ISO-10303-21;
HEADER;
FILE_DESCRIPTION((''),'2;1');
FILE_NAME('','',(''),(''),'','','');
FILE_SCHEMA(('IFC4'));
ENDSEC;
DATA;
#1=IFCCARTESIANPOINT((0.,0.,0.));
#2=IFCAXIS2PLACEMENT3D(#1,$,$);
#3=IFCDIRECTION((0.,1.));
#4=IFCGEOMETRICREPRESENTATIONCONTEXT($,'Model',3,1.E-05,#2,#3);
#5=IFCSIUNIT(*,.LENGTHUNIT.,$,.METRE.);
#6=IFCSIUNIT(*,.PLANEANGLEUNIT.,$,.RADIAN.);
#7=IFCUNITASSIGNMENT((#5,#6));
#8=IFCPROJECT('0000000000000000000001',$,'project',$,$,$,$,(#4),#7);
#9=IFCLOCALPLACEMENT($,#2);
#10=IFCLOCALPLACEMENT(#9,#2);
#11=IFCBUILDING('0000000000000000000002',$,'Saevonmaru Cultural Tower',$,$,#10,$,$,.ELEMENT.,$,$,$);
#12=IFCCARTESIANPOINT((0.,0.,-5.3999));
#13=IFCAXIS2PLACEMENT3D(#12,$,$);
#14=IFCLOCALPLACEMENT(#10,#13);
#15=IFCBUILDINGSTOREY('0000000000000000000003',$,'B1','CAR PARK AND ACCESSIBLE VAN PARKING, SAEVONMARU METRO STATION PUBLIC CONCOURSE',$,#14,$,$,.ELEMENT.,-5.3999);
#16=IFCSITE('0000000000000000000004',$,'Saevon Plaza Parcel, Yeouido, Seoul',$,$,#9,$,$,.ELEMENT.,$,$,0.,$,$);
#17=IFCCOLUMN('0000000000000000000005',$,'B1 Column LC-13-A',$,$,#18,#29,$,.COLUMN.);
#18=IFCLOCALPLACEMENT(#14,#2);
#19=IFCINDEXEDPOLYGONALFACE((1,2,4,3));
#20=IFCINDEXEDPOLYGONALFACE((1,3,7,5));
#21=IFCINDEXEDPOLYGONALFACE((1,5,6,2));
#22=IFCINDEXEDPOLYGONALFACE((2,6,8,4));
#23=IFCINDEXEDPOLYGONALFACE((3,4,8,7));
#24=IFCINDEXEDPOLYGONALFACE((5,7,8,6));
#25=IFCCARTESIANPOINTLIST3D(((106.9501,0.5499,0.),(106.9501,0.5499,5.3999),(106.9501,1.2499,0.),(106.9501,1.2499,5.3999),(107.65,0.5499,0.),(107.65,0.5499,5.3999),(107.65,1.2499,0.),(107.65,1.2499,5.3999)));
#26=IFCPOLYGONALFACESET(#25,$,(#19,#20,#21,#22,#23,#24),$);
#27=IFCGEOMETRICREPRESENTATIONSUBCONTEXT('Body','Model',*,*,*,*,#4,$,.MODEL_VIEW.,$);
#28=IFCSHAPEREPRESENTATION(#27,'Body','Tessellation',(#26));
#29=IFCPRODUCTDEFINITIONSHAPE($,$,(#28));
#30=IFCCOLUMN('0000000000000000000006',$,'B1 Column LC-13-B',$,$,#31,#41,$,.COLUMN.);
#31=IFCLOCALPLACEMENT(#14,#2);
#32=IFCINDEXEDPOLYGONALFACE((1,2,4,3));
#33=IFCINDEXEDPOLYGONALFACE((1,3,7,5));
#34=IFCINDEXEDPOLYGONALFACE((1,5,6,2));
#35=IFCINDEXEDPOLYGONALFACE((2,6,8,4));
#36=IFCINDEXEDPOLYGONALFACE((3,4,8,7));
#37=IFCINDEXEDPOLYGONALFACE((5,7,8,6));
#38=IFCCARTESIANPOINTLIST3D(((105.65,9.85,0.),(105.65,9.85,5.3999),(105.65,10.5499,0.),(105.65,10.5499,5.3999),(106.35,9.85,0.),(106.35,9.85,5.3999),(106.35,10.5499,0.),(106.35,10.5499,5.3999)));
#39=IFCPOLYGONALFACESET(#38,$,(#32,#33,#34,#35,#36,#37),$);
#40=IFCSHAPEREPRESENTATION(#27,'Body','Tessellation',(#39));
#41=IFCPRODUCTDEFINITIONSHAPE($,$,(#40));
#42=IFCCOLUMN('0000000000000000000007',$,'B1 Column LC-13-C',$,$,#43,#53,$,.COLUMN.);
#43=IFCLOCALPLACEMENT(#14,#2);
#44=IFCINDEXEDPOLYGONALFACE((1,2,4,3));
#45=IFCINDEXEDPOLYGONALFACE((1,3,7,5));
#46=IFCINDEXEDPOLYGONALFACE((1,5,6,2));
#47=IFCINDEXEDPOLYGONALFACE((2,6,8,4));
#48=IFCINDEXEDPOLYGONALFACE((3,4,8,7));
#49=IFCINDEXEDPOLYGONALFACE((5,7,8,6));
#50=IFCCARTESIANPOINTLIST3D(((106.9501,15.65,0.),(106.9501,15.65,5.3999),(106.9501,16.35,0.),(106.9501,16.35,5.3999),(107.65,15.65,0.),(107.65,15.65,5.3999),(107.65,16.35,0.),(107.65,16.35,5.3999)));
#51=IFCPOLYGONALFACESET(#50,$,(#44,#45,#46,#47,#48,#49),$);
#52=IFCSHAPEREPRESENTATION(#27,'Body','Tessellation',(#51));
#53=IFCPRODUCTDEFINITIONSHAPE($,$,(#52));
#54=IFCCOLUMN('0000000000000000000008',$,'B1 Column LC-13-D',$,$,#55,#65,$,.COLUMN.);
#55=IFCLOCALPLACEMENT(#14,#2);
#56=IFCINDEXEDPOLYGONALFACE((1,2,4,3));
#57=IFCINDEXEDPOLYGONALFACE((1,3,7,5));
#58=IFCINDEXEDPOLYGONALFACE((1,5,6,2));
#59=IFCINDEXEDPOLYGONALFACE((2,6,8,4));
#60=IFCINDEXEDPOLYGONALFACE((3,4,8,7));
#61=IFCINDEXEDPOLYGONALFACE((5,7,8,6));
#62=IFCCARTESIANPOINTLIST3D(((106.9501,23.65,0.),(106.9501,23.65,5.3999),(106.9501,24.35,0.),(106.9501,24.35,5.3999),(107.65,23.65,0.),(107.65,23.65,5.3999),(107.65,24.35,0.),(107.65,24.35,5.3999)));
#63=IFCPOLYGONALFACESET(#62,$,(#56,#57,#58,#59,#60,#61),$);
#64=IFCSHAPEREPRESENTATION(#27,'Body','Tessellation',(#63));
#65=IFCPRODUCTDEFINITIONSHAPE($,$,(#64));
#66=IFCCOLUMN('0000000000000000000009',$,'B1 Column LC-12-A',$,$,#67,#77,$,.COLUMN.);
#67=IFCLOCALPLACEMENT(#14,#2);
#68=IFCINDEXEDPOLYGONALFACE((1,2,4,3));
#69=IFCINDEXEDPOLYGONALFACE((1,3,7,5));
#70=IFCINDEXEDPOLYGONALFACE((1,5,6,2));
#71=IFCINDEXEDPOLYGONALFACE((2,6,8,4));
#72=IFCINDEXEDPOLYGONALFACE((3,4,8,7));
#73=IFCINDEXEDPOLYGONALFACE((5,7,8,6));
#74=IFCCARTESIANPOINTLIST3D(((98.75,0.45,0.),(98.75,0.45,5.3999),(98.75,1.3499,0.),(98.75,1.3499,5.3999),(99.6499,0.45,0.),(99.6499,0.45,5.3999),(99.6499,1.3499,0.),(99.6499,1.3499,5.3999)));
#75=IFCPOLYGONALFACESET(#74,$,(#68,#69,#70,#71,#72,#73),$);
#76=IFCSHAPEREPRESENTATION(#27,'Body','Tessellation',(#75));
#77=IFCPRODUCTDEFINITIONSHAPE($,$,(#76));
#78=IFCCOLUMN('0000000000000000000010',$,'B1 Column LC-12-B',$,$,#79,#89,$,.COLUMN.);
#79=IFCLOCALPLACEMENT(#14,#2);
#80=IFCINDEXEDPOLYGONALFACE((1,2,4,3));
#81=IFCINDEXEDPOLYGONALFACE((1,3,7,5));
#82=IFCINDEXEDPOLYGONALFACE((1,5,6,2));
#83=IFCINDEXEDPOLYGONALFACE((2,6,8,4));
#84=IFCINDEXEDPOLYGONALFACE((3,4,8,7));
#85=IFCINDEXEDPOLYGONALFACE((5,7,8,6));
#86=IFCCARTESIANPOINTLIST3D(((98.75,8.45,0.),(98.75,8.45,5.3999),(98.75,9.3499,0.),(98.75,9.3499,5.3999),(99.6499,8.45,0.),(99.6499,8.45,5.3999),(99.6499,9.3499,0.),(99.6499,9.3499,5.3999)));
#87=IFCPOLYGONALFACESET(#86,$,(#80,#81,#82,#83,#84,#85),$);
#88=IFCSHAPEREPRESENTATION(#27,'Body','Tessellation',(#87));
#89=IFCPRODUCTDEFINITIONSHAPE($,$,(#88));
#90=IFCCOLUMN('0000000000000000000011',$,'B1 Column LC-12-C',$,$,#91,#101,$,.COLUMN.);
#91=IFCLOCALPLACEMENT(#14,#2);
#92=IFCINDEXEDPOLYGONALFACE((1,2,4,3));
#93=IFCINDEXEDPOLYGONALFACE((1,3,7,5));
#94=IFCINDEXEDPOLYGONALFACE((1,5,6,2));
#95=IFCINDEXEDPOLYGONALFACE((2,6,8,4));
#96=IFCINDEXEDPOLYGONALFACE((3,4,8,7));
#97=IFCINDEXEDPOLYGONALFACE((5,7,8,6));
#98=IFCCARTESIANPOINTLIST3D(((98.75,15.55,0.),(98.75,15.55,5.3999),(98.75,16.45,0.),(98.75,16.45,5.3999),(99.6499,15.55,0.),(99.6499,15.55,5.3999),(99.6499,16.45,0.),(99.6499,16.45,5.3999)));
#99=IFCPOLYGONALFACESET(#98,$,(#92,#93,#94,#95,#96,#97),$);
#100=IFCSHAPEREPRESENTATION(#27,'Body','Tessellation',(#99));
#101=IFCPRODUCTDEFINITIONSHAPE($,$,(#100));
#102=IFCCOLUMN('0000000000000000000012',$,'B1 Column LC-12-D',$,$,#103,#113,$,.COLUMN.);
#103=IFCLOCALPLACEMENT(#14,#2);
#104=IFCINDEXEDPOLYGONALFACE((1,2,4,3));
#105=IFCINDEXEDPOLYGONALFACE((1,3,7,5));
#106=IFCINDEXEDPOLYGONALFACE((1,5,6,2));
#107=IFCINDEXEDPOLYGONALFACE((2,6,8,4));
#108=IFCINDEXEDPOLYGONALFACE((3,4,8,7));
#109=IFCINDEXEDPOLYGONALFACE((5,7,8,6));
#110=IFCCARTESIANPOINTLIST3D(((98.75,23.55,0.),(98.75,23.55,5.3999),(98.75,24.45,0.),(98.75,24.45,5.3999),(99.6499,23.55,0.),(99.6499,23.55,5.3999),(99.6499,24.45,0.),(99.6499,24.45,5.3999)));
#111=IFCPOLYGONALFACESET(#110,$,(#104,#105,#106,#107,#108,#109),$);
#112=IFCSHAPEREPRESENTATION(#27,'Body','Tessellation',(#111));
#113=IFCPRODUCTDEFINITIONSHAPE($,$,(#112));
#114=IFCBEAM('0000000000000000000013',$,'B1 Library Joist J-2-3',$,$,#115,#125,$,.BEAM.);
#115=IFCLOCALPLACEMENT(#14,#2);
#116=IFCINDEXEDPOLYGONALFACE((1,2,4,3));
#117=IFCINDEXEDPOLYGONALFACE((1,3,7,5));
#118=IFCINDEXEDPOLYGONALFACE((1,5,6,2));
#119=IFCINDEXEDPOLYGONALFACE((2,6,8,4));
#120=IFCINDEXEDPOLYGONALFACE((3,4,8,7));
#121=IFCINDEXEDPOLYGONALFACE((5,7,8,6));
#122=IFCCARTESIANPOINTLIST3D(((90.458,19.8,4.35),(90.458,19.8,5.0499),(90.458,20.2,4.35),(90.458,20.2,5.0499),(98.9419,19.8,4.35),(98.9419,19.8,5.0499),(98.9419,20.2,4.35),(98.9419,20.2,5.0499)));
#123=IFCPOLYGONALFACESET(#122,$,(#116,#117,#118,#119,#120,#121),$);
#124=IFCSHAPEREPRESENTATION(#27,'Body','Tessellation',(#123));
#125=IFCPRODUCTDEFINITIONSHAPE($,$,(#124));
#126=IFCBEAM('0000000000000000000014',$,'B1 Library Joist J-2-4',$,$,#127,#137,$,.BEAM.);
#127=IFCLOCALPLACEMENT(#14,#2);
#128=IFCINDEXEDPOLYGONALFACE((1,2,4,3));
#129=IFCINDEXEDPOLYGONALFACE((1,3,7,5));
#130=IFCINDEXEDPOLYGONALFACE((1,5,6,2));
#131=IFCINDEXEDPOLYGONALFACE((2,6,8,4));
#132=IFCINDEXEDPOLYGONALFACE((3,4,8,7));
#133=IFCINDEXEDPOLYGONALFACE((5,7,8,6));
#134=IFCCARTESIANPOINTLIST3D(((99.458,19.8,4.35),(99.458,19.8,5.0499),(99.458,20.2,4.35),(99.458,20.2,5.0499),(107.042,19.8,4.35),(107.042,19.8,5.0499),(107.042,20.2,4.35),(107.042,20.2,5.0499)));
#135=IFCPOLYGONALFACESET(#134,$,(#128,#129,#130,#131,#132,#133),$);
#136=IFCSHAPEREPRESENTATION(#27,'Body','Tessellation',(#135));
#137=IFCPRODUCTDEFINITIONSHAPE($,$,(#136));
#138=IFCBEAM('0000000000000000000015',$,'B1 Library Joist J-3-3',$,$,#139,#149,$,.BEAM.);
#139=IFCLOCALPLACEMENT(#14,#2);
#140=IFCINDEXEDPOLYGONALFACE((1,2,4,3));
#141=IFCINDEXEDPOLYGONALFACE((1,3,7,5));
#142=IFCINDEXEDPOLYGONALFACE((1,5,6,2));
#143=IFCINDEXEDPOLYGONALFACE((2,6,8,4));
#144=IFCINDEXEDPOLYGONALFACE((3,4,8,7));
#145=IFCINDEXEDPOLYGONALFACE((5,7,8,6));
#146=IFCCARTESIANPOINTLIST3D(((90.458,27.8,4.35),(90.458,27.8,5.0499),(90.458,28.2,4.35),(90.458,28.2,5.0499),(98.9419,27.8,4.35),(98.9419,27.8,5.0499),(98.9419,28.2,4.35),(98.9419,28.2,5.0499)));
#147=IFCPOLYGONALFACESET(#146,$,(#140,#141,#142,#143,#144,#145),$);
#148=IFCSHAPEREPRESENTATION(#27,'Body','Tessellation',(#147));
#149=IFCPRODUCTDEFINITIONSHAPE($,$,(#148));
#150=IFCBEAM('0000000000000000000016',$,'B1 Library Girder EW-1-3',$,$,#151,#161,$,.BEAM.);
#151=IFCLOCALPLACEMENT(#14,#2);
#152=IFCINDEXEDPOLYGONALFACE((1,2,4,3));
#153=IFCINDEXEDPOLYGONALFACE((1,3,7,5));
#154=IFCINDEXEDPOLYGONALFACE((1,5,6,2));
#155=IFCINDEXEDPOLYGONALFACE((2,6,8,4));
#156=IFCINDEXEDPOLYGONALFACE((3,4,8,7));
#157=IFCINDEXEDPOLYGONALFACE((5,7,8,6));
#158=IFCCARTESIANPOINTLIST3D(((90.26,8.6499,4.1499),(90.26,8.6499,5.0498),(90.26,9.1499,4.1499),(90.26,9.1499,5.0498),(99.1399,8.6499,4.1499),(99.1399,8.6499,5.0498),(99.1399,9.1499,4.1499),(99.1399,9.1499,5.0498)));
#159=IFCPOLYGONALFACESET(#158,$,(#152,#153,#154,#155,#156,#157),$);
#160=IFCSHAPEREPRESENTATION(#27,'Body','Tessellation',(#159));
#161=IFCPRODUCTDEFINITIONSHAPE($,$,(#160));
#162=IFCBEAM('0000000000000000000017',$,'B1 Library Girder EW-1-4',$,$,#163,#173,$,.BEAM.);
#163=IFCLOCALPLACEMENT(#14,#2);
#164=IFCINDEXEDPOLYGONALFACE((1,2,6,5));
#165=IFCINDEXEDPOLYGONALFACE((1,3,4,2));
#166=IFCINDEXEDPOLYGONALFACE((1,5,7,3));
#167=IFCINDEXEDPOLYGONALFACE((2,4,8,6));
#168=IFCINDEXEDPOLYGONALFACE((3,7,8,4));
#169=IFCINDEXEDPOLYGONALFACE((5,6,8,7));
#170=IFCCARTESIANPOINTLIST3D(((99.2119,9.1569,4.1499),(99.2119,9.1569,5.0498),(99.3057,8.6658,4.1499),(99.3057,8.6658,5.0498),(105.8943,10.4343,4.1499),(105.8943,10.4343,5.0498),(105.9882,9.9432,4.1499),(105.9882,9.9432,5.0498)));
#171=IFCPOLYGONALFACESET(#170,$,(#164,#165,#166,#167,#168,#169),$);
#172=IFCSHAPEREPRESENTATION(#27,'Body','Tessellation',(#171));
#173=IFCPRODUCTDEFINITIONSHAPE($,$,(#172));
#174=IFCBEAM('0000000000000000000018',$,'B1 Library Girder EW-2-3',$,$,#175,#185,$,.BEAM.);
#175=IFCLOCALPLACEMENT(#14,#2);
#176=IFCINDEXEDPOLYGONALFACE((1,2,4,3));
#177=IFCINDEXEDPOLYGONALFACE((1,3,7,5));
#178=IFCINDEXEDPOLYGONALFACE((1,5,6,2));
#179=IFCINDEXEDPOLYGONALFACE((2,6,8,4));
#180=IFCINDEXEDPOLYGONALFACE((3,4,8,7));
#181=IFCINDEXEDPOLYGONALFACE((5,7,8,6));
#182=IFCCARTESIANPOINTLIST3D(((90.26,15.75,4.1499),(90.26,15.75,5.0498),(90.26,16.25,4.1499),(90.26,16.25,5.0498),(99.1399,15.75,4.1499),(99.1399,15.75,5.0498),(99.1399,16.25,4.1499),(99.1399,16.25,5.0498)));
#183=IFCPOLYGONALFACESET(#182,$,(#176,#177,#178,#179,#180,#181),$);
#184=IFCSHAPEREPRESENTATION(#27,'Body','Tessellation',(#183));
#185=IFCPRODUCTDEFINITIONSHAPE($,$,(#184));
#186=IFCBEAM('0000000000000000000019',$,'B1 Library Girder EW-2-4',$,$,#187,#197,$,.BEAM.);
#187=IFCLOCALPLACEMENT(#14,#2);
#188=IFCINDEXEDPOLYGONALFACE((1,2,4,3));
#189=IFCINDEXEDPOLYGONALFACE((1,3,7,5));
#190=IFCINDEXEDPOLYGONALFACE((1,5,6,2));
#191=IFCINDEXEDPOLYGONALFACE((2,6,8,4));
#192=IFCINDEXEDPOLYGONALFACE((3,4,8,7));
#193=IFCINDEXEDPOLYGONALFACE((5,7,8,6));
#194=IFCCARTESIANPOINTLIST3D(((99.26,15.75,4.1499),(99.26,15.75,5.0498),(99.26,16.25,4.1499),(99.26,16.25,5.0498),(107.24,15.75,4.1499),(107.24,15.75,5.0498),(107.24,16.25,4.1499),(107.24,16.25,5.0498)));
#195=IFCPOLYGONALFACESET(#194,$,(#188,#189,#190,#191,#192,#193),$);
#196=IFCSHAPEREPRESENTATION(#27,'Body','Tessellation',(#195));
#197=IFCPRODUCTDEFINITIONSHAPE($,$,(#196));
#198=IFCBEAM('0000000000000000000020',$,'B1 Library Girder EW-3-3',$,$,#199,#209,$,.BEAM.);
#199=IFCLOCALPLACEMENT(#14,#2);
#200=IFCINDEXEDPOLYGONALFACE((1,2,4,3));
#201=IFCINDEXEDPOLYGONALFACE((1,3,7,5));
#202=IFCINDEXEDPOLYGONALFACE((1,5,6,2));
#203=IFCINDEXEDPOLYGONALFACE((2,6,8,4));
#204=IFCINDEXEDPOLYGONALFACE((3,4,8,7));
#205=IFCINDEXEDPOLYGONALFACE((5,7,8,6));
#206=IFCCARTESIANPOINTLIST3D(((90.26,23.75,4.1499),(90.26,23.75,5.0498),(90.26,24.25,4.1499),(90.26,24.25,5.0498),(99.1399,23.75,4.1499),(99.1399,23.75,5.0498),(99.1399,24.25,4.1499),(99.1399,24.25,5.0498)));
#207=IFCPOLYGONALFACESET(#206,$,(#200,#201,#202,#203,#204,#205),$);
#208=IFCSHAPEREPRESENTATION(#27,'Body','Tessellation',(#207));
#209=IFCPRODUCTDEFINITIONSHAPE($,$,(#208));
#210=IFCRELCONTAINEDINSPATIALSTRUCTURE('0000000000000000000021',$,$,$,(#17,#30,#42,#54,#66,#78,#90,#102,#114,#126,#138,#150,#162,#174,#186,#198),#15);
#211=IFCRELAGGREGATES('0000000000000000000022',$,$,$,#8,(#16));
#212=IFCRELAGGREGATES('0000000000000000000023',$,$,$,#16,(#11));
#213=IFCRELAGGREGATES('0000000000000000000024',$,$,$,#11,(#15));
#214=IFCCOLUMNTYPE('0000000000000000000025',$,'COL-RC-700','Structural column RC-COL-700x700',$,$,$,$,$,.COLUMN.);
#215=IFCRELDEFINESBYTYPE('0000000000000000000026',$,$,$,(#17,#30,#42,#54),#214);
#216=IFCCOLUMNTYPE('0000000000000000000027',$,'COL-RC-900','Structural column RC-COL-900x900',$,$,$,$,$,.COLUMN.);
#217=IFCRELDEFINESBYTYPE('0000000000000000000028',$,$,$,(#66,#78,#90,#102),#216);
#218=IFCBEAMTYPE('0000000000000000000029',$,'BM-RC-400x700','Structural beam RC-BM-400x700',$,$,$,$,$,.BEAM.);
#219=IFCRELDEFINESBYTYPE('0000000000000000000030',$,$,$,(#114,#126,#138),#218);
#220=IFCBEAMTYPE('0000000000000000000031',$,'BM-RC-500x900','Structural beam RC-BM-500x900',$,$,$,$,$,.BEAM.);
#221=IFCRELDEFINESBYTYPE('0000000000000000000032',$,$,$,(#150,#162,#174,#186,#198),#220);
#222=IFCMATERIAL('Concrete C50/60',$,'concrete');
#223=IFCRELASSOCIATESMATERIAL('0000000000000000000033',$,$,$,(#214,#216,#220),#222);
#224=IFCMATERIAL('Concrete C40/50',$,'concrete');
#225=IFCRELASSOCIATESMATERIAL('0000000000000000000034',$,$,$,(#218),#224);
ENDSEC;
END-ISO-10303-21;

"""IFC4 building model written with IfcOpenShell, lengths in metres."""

from ifc_helpers import new_model, si_unit, direction, frame, origin, origin_2d, place, context, subcontext, project, spatial, rectangle, extrude, material, material_profile, profile_set, type_object, element, save


model = new_model("IFC4")

# Units and contexts
model_context = context("Model", 3, precision=1e-05, world=origin(), true_north=direction((0.0, 1.0)))
body_context = subcontext(model_context, "Body", "Model", "MODEL_VIEW")
ifc_project = project(units=[si_unit("LENGTHUNIT", "METRE"), si_unit("PLANEANGLEUNIT", "RADIAN")], contexts=[model_context])

# Site, building, storey
site_placement = place(None, origin())
site = spatial("IfcSite", under=ifc_project, at=site_placement, Name="Saevon Plaza Parcel, Yeouido, Seoul", CompositionType="ELEMENT", RefElevation=0.0)
building_placement = place(site_placement, origin())
building = spatial("IfcBuilding", under=site, at=building_placement, Name="Saevonmaru Cultural Tower", CompositionType="ELEMENT")
storey_placement = place(building_placement, frame((0.0, 0.0, -5.3999)))
storey = spatial("IfcBuildingStorey", under=building, at=storey_placement, Name="B1", Description="CAR PARK AND ACCESSIBLE VAN PARKING, SAEVONMARU METRO STATION PUBLIC CONCOURSE", CompositionType="ELEMENT", Elevation=-5.3999)

# Columns
ifc_material_1 = material(Name="Concrete C50/60", Category="concrete")
ifc_material_profile_1 = material_profile(ifc_material_1, rectangle(XDim=0.7, YDim=0.7, at=origin_2d()), Name="RC-COL-700x700")
ifc_profile_set_1 = profile_set([ifc_material_profile_1], Name="Concrete C50/60")
column_type_1 = type_object("IfcColumnType", Name="COL-RC-700", Description="Structural column RC-COL-700x700", PredefinedType="COLUMN", material=ifc_profile_set_1)
for number, where, z_axis, x_axis, name in (
    (1, (107.3, 0.8999, 0.0), (0.0, 0.0, 1.0), (1.0, 0.0, 0.0), "B1 Column LC-13-A"),
    (2, (106.0, 10.2, 0.0), (0.0, 0.0, 1.0), (1.0, 0.0, 0.0), "B1 Column LC-13-B"),
    (3, (107.3, 16.0, 0.0), (0.0, 0.0, 1.0), (1.0, 0.0, 0.0), "B1 Column LC-13-C"),
    (4, (107.3, 24.0, 0.0), (0.0, 0.0, 1.0), (1.0, 0.0, 0.0), "B1 Column LC-13-D"),
):
    element("IfcColumn", number, at=place(storey_placement, frame(where, z_axis=z_axis, x_axis=x_axis)), inside=storey, type_object=column_type_1, Name=name, PredefinedType="COLUMN", context=body_context, shape_type="SweptSolid", body=[
        extrude(rectangle(XDim=0.7, YDim=0.7, at=origin_2d()), origin(), (0.0, 0.0, 1.0), 5.3999),
    ])
ifc_material_profile_2 = material_profile(ifc_material_1, rectangle(XDim=0.8999, YDim=0.8999, at=origin_2d()), Name="RC-COL-900x900")
ifc_profile_set_2 = profile_set([ifc_material_profile_2], Name="Concrete C50/60")
column_type_2 = type_object("IfcColumnType", Name="COL-RC-900", Description="Structural column RC-COL-900x900", PredefinedType="COLUMN", material=ifc_profile_set_2)
for number, where, z_axis, x_axis, name in (
    (5, (99.2, 0.8999, 0.0), (0.0, 0.0, 1.0), (1.0, 0.0, 0.0), "B1 Column LC-12-A"),
    (6, (99.2, 8.8999, 0.0), (0.0, 0.0, 1.0), (1.0, 0.0, 0.0), "B1 Column LC-12-B"),
    (7, (99.2, 16.0, 0.0), (0.0, 0.0, 1.0), (1.0, 0.0, 0.0), "B1 Column LC-12-C"),
    (8, (99.2, 24.0, 0.0), (0.0, 0.0, 1.0), (1.0, 0.0, 0.0), "B1 Column LC-12-D"),
):
    element("IfcColumn", number, at=place(storey_placement, frame(where, z_axis=z_axis, x_axis=x_axis)), inside=storey, type_object=column_type_2, Name=name, PredefinedType="COLUMN", context=body_context, shape_type="SweptSolid", body=[
        extrude(rectangle(XDim=0.8999, YDim=0.8999, at=origin_2d()), origin(), (0.0, 0.0, 1.0), 5.3999),
    ])

# Beams
ifc_material_2 = material(Name="Concrete C40/50", Category="concrete")
ifc_material_profile_3 = material_profile(ifc_material_2, rectangle(XDim=0.3999, YDim=0.7, at=origin_2d()), Name="RC-BM-400x700")
ifc_profile_set_3 = profile_set([ifc_material_profile_3], Name="Concrete C40/50")
beam_type_1 = type_object("IfcBeamType", Name="BM-RC-400x700", Description="Structural beam RC-BM-400x700", PredefinedType="BEAM", material=ifc_profile_set_3)
beam_1_placement = place(storey_placement, frame((90.458, 20.0, 4.7), z_axis=(1.0, 0.0, 0.0), x_axis=(0.0, 1.0, 0.0)))
element("IfcBeam", 9, at=beam_1_placement, inside=storey, type_object=beam_type_1, Name="B1 Library Joist J-2-3", PredefinedType="BEAM", context=body_context, shape_type="SweptSolid", body=[
    extrude(rectangle(XDim=0.3999, YDim=0.7, at=origin_2d()), origin(), (0.0, 0.0, 1.0), 8.4839),
])
beam_2_placement = place(storey_placement, frame((99.458, 20.0, 4.7), z_axis=(1.0, 0.0, 0.0), x_axis=(0.0, 1.0, 0.0)))
element("IfcBeam", 10, at=beam_2_placement, inside=storey, type_object=beam_type_1, Name="B1 Library Joist J-2-4", PredefinedType="BEAM", context=body_context, shape_type="SweptSolid", body=[
    extrude(rectangle(XDim=0.3999, YDim=0.7, at=origin_2d()), origin(), (0.0, 0.0, 1.0), 7.584),
])
beam_3_placement = place(storey_placement, frame((90.458, 28.0, 4.7), z_axis=(1.0, 0.0, 0.0), x_axis=(0.0, 1.0, 0.0)))
element("IfcBeam", 11, at=beam_3_placement, inside=storey, type_object=beam_type_1, Name="B1 Library Joist J-3-3", PredefinedType="BEAM", context=body_context, shape_type="SweptSolid", body=[
    extrude(rectangle(XDim=0.3999, YDim=0.7, at=origin_2d()), origin(), (0.0, 0.0, 1.0), 8.4839),
])
ifc_material_profile_4 = material_profile(ifc_material_1, rectangle(XDim=0.5, YDim=0.8999, at=origin_2d()), Name="RC-BM-500x900")
ifc_profile_set_4 = profile_set([ifc_material_profile_4], Name="Concrete C50/60")
beam_type_2 = type_object("IfcBeamType", Name="BM-RC-500x900", Description="Structural beam RC-BM-500x900", PredefinedType="BEAM", material=ifc_profile_set_4)
beam_4_placement = place(storey_placement, frame((90.26, 8.8999, 4.5999), z_axis=(1.0, 0.0, 0.0), x_axis=(0.0, 1.0, 0.0)))
element("IfcBeam", 12, at=beam_4_placement, inside=storey, type_object=beam_type_2, Name="B1 Library Girder EW-1-3", PredefinedType="BEAM", context=body_context, shape_type="SweptSolid", body=[
    extrude(rectangle(XDim=0.5, YDim=0.8999, at=origin_2d()), origin(), (0.0, 0.0, 1.0), 8.8799),
])
beam_5_placement = place(storey_placement, frame((99.2588, 8.9114, 4.5999), z_axis=(0.982216, 0.187752, 0.0), x_axis=(-0.187752, 0.982216, 0.0)))
element("IfcBeam", 13, at=beam_5_placement, inside=storey, type_object=beam_type_2, Name="B1 Library Girder EW-1-4", PredefinedType="BEAM", context=body_context, shape_type="SweptSolid", body=[
    extrude(rectangle(XDim=0.5, YDim=0.8999, at=origin_2d()), origin(), (0.0, 0.0, 1.0), 6.8035),
])
beam_6_placement = place(storey_placement, frame((90.26, 16.0, 4.5999), z_axis=(1.0, 0.0, 0.0), x_axis=(0.0, 1.0, 0.0)))
element("IfcBeam", 14, at=beam_6_placement, inside=storey, type_object=beam_type_2, Name="B1 Library Girder EW-2-3", PredefinedType="BEAM", context=body_context, shape_type="SweptSolid", body=[
    extrude(rectangle(XDim=0.5, YDim=0.8999, at=origin_2d()), origin(), (0.0, 0.0, 1.0), 8.8799),
])
beam_7_placement = place(storey_placement, frame((99.26, 16.0, 4.5999), z_axis=(1.0, 0.0, 0.0), x_axis=(0.0, 1.0, 0.0)))
element("IfcBeam", 15, at=beam_7_placement, inside=storey, type_object=beam_type_2, Name="B1 Library Girder EW-2-4", PredefinedType="BEAM", context=body_context, shape_type="SweptSolid", body=[
    extrude(rectangle(XDim=0.5, YDim=0.8999, at=origin_2d()), origin(), (0.0, 0.0, 1.0), 7.98),
])
beam_8_placement = place(storey_placement, frame((90.26, 24.0, 4.5999), z_axis=(1.0, 0.0, 0.0), x_axis=(0.0, 1.0, 0.0)))
element("IfcBeam", 16, at=beam_8_placement, inside=storey, type_object=beam_type_2, Name="B1 Library Girder EW-3-3", PredefinedType="BEAM", context=body_context, shape_type="SweptSolid", body=[
    extrude(rectangle(XDim=0.5, YDim=0.8999, at=origin_2d()), origin(), (0.0, 0.0, 1.0), 8.8799),
])

save(model, "model.ifc")
